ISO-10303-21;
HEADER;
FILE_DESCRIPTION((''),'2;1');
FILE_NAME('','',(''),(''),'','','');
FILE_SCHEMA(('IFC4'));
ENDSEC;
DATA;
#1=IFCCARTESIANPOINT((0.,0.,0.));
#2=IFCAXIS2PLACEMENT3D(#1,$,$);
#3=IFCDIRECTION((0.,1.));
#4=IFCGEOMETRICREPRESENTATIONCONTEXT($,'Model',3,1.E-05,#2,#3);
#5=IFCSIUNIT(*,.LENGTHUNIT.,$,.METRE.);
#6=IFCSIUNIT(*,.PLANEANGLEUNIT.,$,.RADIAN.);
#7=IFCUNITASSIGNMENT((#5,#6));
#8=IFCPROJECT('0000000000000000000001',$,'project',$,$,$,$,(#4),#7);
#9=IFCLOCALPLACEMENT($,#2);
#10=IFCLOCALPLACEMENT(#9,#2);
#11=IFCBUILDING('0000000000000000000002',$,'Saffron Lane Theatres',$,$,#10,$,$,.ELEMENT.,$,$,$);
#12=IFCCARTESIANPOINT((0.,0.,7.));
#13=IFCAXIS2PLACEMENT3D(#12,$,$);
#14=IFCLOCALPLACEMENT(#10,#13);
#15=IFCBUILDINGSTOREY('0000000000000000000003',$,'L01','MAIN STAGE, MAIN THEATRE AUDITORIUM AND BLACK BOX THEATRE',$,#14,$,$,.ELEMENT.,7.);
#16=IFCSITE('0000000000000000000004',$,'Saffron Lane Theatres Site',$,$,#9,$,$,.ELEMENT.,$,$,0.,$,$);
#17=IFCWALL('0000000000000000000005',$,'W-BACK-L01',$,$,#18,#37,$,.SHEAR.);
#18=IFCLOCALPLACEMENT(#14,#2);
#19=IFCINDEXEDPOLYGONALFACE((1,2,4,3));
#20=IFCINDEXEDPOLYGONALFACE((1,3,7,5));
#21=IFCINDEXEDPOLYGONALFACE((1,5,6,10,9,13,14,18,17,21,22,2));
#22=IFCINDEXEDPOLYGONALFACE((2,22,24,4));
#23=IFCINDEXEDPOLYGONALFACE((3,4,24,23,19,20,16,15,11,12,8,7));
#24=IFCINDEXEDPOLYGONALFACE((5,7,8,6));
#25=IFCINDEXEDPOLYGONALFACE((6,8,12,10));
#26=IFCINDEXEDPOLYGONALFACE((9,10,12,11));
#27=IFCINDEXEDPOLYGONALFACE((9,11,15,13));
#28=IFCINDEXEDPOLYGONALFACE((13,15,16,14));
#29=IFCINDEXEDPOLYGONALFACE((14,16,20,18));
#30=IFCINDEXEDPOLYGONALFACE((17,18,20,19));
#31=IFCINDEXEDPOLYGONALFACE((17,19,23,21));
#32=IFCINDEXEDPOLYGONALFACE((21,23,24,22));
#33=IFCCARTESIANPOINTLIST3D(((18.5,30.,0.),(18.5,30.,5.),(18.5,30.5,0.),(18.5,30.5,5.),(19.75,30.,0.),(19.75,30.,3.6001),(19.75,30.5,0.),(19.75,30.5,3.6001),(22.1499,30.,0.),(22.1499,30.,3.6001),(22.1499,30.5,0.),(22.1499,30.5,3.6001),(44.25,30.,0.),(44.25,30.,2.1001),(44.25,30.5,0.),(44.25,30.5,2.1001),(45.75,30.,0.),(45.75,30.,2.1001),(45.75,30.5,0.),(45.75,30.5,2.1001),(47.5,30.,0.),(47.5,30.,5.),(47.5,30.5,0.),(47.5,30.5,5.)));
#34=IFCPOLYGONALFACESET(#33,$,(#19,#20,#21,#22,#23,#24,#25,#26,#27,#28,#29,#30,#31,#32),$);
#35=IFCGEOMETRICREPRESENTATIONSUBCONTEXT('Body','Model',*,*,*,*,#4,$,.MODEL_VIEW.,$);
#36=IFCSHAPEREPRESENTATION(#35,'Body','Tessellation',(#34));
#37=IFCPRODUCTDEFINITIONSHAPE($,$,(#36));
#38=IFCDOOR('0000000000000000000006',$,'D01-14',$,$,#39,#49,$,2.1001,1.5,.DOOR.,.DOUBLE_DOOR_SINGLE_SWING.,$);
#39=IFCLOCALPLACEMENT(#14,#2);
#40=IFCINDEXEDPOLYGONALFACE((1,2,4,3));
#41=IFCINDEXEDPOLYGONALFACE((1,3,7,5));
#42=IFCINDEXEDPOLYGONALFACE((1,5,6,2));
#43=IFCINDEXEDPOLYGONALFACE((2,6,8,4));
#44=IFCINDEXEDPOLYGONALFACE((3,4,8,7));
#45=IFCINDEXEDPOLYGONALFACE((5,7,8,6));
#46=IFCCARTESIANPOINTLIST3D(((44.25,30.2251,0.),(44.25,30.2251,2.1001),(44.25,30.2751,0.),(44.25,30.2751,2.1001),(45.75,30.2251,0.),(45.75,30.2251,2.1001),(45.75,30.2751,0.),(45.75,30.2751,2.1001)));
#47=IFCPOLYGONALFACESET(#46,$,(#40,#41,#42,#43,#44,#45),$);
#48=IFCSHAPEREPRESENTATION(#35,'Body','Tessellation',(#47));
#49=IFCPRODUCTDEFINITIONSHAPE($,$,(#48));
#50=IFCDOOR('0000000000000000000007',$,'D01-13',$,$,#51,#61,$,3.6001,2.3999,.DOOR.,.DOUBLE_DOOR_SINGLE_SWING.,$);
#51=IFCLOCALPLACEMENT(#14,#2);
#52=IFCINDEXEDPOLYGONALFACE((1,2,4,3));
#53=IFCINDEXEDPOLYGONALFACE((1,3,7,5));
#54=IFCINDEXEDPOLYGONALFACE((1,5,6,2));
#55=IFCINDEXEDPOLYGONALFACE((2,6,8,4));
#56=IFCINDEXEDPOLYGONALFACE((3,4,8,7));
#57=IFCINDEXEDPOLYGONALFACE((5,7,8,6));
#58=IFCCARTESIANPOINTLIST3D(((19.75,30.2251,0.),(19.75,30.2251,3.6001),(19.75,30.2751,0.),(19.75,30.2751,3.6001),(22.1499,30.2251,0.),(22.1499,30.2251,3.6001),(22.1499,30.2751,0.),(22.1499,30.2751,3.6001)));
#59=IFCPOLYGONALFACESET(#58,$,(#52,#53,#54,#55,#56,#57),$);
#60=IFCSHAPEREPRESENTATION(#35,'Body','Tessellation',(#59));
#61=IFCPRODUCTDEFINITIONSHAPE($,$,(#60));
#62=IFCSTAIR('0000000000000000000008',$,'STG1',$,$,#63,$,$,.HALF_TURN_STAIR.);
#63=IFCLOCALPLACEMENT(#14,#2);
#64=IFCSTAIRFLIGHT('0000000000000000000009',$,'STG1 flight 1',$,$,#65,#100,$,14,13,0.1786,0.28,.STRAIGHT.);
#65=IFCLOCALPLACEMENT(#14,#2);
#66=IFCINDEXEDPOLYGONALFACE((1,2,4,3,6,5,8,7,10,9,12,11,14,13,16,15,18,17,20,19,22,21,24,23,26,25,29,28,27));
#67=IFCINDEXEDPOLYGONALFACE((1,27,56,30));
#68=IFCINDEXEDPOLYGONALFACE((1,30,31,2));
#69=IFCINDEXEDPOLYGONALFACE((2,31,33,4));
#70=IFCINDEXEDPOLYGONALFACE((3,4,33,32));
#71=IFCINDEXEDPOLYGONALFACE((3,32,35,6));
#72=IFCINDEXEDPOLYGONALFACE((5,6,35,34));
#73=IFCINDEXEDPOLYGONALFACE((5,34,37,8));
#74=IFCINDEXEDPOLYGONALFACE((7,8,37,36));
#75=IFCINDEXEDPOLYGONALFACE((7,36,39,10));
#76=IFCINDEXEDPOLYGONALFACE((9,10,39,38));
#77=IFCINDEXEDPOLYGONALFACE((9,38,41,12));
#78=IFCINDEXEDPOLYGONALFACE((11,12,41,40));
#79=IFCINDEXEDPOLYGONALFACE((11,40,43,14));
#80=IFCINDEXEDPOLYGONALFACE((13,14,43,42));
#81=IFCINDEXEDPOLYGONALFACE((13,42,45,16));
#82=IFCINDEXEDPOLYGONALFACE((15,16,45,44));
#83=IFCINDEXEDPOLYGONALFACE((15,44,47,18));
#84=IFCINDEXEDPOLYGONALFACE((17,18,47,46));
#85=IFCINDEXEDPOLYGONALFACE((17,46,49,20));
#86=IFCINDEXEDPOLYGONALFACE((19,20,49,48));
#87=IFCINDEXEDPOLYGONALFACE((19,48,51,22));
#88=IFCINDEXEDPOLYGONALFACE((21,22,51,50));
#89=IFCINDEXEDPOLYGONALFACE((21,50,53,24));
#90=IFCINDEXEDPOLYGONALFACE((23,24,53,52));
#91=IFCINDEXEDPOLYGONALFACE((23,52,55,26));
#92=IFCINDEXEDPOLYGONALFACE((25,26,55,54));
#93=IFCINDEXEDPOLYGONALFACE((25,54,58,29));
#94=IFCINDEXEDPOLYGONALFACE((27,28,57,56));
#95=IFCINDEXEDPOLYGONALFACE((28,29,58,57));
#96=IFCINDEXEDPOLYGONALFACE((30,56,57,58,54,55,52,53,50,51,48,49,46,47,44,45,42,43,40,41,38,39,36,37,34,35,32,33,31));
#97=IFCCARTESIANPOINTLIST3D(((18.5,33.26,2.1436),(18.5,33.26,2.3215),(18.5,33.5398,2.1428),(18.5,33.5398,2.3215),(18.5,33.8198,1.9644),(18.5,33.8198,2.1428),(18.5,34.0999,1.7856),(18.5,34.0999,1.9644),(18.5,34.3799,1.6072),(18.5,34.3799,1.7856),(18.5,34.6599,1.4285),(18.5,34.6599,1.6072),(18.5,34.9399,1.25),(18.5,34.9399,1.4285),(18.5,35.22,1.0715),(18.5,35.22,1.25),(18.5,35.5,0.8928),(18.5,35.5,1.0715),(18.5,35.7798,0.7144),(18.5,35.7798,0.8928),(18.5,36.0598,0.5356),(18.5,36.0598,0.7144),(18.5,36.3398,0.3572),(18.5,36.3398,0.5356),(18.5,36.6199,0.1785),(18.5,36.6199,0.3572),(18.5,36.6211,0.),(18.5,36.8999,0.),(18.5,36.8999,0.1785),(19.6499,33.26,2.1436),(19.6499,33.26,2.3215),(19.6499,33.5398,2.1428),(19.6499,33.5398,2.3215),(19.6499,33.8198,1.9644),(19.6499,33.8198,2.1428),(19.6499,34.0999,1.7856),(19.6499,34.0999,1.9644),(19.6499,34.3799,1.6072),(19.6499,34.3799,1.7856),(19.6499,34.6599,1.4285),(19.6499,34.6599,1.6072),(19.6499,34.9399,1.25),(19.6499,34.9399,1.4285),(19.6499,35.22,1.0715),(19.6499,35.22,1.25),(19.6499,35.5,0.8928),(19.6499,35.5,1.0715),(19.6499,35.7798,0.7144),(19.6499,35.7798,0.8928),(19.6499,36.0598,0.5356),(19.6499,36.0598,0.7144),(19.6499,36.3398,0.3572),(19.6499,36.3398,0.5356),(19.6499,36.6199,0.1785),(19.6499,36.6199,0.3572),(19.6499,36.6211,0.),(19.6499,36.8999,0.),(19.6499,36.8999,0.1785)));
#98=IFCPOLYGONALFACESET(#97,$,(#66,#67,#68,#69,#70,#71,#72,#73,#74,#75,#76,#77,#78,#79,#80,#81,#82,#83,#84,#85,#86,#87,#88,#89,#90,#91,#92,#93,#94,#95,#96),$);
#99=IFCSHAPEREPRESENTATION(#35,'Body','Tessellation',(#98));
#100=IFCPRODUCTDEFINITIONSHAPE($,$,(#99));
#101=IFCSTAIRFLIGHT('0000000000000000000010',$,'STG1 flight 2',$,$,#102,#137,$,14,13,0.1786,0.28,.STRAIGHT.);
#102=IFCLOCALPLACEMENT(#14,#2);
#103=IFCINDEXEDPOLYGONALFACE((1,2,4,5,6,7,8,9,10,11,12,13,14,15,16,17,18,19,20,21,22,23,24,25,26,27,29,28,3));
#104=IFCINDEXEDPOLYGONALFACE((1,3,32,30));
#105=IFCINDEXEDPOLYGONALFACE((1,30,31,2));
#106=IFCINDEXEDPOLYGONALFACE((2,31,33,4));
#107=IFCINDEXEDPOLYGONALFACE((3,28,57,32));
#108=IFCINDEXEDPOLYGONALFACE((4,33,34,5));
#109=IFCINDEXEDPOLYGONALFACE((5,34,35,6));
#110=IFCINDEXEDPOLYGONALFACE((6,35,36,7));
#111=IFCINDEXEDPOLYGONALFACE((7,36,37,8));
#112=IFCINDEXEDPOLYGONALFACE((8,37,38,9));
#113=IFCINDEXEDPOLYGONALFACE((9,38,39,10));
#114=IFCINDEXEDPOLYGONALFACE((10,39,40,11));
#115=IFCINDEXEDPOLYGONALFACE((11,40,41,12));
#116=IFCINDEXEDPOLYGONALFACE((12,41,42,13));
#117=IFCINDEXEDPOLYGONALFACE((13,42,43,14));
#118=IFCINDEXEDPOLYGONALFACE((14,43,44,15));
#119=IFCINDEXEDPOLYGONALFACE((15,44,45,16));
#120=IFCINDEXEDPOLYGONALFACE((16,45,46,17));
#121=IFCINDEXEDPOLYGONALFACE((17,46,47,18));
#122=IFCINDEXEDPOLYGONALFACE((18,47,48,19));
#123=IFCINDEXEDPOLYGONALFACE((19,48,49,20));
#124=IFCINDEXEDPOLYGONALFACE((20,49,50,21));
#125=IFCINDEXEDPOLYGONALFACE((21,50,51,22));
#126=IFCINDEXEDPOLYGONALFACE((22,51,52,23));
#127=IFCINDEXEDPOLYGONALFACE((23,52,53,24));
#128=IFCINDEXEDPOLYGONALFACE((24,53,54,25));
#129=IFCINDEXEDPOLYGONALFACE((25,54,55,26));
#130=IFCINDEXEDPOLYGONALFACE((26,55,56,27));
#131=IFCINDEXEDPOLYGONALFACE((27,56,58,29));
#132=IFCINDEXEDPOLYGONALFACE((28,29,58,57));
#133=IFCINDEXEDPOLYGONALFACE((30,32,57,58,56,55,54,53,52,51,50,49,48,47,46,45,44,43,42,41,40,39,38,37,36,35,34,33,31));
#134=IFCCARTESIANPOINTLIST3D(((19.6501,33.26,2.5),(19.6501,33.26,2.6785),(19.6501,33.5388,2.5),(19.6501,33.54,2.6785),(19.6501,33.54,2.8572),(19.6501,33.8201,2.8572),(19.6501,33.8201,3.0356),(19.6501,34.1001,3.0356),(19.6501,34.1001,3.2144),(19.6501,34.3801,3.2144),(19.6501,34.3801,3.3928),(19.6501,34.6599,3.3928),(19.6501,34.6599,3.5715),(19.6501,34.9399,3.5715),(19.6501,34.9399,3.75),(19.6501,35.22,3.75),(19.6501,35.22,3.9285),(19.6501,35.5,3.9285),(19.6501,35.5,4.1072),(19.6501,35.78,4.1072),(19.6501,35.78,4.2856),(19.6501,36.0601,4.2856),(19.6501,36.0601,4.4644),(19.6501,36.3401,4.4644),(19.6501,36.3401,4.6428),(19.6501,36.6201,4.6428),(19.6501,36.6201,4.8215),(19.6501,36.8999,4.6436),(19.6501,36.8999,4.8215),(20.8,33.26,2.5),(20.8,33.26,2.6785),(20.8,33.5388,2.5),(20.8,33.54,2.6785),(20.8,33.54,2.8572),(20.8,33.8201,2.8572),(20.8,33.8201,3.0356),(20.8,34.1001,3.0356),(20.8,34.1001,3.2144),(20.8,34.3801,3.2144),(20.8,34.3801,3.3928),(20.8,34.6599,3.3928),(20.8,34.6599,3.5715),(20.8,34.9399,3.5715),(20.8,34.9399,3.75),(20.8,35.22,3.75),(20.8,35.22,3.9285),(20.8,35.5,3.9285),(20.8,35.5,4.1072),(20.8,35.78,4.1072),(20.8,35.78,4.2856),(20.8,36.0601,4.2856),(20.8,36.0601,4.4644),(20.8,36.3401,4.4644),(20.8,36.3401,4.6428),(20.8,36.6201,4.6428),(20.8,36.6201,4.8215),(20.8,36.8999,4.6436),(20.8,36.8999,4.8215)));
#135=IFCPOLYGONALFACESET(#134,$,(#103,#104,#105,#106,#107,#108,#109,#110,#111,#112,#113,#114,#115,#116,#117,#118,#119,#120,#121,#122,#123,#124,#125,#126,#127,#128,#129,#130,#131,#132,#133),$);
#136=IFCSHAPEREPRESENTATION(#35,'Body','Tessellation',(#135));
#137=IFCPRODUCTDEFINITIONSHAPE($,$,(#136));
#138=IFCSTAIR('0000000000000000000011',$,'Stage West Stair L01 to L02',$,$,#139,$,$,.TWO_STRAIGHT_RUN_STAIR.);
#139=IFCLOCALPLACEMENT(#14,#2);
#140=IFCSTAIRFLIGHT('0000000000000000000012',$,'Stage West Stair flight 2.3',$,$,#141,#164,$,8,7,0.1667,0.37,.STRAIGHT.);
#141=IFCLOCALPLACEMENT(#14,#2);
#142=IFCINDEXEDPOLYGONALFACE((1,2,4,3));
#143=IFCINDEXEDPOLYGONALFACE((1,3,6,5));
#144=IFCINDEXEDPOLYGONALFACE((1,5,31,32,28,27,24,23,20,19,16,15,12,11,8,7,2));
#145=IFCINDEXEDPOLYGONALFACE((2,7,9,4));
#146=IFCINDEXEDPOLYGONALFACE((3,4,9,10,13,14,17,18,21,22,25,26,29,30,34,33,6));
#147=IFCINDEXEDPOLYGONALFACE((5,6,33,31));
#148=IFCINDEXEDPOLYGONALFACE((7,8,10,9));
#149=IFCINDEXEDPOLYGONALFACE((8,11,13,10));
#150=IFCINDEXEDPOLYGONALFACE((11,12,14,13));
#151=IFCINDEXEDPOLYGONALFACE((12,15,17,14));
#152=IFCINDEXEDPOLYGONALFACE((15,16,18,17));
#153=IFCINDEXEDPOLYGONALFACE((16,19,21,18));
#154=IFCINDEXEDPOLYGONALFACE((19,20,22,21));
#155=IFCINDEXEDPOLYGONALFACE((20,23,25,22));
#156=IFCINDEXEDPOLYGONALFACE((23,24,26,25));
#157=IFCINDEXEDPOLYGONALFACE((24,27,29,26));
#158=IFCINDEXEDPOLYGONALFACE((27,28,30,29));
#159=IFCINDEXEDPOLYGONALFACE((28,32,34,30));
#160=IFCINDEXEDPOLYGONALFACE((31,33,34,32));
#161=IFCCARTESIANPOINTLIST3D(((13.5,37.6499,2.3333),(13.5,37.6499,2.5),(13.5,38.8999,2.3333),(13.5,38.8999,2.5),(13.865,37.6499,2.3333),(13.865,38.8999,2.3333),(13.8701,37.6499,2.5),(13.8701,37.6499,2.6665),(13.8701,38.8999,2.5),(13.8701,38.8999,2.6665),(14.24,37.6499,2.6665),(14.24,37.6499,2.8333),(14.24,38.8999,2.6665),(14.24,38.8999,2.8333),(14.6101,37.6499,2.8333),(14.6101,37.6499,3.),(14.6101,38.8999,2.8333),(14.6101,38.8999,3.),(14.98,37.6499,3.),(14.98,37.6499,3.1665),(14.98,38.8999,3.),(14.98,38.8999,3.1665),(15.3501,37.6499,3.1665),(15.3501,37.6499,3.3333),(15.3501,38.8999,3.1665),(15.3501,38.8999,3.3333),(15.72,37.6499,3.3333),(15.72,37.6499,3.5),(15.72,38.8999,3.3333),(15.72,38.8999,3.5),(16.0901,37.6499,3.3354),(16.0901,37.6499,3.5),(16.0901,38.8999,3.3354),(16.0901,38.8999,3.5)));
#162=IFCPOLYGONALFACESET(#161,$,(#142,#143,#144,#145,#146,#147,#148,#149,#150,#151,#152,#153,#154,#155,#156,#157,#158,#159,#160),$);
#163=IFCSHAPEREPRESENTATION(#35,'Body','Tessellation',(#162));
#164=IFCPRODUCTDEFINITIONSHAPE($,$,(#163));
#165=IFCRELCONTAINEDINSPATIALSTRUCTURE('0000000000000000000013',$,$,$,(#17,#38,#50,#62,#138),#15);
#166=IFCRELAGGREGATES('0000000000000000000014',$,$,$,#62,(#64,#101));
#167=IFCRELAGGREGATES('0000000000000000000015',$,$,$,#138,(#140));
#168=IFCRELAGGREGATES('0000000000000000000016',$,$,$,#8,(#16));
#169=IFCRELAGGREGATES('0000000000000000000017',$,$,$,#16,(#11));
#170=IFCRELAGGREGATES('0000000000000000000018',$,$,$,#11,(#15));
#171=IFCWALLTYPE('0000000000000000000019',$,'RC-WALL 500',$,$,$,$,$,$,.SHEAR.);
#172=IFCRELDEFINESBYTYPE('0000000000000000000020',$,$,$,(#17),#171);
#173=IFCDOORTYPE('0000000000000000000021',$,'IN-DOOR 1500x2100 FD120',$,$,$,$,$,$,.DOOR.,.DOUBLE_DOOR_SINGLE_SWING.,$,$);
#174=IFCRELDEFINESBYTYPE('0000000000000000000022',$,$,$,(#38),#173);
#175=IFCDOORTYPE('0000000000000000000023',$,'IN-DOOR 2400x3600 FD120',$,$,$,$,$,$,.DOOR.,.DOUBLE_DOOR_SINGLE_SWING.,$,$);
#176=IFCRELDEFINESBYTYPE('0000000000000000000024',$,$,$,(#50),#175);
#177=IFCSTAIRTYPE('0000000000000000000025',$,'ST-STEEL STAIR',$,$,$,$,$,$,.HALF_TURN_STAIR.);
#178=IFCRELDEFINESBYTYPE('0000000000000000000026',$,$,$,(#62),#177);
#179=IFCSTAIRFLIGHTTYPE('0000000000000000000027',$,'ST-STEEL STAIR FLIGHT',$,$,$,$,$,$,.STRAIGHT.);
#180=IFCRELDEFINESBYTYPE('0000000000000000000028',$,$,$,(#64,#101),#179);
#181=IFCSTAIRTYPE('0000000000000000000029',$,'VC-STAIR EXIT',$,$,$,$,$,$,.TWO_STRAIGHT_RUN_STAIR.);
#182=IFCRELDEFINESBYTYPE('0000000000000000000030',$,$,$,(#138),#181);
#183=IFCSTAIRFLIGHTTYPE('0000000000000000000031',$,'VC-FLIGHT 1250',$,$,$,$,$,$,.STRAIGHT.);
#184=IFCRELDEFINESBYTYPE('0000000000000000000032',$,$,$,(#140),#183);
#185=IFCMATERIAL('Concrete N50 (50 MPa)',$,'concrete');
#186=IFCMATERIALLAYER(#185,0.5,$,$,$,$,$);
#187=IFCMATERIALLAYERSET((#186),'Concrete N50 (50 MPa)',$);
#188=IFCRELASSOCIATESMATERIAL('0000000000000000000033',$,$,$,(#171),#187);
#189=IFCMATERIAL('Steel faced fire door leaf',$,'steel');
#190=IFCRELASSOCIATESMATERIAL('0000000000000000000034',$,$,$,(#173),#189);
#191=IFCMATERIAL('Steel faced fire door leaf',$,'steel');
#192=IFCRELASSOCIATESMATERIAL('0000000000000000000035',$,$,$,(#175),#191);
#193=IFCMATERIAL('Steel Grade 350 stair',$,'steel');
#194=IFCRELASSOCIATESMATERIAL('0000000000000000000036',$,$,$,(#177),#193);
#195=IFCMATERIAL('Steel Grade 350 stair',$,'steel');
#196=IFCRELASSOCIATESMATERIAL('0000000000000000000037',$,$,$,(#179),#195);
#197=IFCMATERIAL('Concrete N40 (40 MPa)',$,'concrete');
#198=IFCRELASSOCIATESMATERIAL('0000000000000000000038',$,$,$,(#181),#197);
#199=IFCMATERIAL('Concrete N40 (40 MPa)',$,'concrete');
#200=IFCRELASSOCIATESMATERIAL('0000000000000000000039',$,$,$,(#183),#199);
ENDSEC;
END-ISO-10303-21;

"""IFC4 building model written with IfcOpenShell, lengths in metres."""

from ifc_helpers import new_model, si_unit, direction, frame, frame_2d, origin, place, context, subcontext, project, spatial, polyline, rectangle, outline, extrude, material, layer, layer_set, type_object, element, fill, aggregate, save


model = new_model("IFC4")

# Units and contexts
model_context = context("Model", 3, precision=1e-05, world=origin(), true_north=direction((0.0, 1.0)))
body_context = subcontext(model_context, "Body", "Model", "MODEL_VIEW")
ifc_project = project(units=[si_unit("LENGTHUNIT", "METRE"), si_unit("PLANEANGLEUNIT", "RADIAN")], contexts=[model_context])

# Site, building, storey
site_placement = place(None, origin())
site = spatial("IfcSite", under=ifc_project, at=site_placement, Name="Saffron Lane Theatres Site", CompositionType="ELEMENT", RefElevation=0.0)
building_placement = place(site_placement, origin())
building = spatial("IfcBuilding", under=site, at=building_placement, Name="Saffron Lane Theatres", CompositionType="ELEMENT")
storey_placement = place(building_placement, frame((0.0, 0.0, 7.0)))
storey = spatial("IfcBuildingStorey", under=building, at=storey_placement, Name="L01", Description="MAIN STAGE, MAIN THEATRE AUDITORIUM AND BLACK BOX THEATRE", CompositionType="ELEMENT", Elevation=7.0)

# Wall, openings, doors
ifc_material_1 = material(Name="Concrete N50 (50 MPa)", Category="concrete")
ifc_layer_1 = layer(ifc_material_1, 0.5)
ifc_layer_set_1 = layer_set([ifc_layer_1], Name="Concrete N50 (50 MPa)")
wall_type_1 = type_object("IfcWallType", Name="RC-WALL 500", PredefinedType="SHEAR", material=ifc_layer_set_1)
wall_1_placement = place(storey_placement, frame((18.5, 30.25, 0.0), z_axis=(0.0, 0.0, 1.0), x_axis=(1.0, 0.0, 0.0)))
wall_1 = element("IfcWall", 1, at=wall_1_placement, inside=storey, type_object=wall_type_1, Name="W-BACK-L01", PredefinedType="SHEAR", context=body_context, shape_type="SweptSolid", body=[
    extrude(rectangle(XDim=29.0, YDim=0.5, at=frame_2d((14.5, 0.0))), origin(), (0.0, 0.0, 1.0), 5.0),
])
opening_1_placement = place(wall_1_placement, frame((1.25, 0.0, 0.0)))
opening_1 = element("IfcOpeningElement", 2, at=opening_1_placement, cuts=wall_1, PredefinedType="OPENING", context=body_context, shape_type="SweptSolid", body=[
    extrude(rectangle(XDim=2.3999, YDim=3.6001, at=frame_2d((1.2, 1.8))), frame((0.0, 0.26, 0.0), z_axis=(0.0, -1.0, 0.0), x_axis=(1.0, 0.0, 0.0)), (0.0, 0.0, 1.0), 0.52),
])
opening_2_placement = place(wall_1_placement, frame((25.75, 0.0, 0.0)))
opening_2 = element("IfcOpeningElement", 3, at=opening_2_placement, cuts=wall_1, PredefinedType="OPENING", context=body_context, shape_type="SweptSolid", body=[
    extrude(rectangle(XDim=1.5, YDim=2.1001, at=frame_2d((0.75, 1.05))), frame((0.0, 0.26, 0.0), z_axis=(0.0, -1.0, 0.0), x_axis=(1.0, 0.0, 0.0)), (0.0, 0.0, 1.0), 0.52),
])
ifc_material_2 = material(Name="Steel faced fire door leaf", Category="steel")
door_type_1 = type_object("IfcDoorType", Name="IN-DOOR 1500x2100 FD120", OperationType="DOUBLE_DOOR_SINGLE_SWING", PredefinedType="DOOR", material=ifc_material_2)
door_1_placement = place(opening_2_placement, frame((1.5, 0.0, 0.0), z_axis=(0.0, 0.0, 1.0), x_axis=(-1.0, 0.0, 0.0)))
door_1 = element("IfcDoor", 4, at=door_1_placement, inside=storey, type_object=door_type_1, Name="D01-14", OperationType="DOUBLE_DOOR_SINGLE_SWING", OverallHeight=2.1001, OverallWidth=1.5, PredefinedType="DOOR", context=body_context, shape_type="SweptSolid", body=[
    extrude(rectangle(XDim=1.5, YDim=2.1001, at=frame_2d((0.75, 1.05))), frame((0.0, 0.0249, 0.0), z_axis=(0.0, -1.0, 0.0), x_axis=(1.0, 0.0, 0.0)), (0.0, 0.0, 1.0), 0.05),
])
fill(opening_2, door_1)
ifc_material_3 = material(Name="Steel faced fire door leaf", Category="steel")
door_type_2 = type_object("IfcDoorType", Name="IN-DOOR 2400x3600 FD120", OperationType="DOUBLE_DOOR_SINGLE_SWING", PredefinedType="DOOR", material=ifc_material_3)
door_2_placement = place(opening_1_placement, frame((2.3999, 0.0, 0.0), z_axis=(0.0, 0.0, 1.0), x_axis=(-1.0, 0.0, 0.0)))
door_2 = element("IfcDoor", 5, at=door_2_placement, inside=storey, type_object=door_type_2, Name="D01-13", OperationType="DOUBLE_DOOR_SINGLE_SWING", OverallHeight=3.6001, OverallWidth=2.3999, PredefinedType="DOOR", context=body_context, shape_type="SweptSolid", body=[
    extrude(rectangle(XDim=2.3999, YDim=3.6001, at=frame_2d((1.2, 1.8))), frame((0.0, 0.0249, 0.0), z_axis=(0.0, -1.0, 0.0), x_axis=(1.0, 0.0, 0.0)), (0.0, 0.0, 1.0), 0.05),
])
fill(opening_1, door_2)

# Stairs, stair flights
ifc_material_4 = material(Name="Steel Grade 350 stair", Category="steel")
stair_type_1 = type_object("IfcStairType", Name="ST-STEEL STAIR", PredefinedType="HALF_TURN_STAIR", material=ifc_material_4)
stair_1_placement = place(storey_placement, origin())
stair_1 = element("IfcStair", 6, at=stair_1_placement, inside=storey, type_object=stair_type_1, Name="STG1", PredefinedType="HALF_TURN_STAIR")
ifc_material_5 = material(Name="Steel Grade 350 stair", Category="steel")
stair_flight_type_1 = type_object("IfcStairFlightType", Name="ST-STEEL STAIR FLIGHT", PredefinedType="STRAIGHT", material=ifc_material_5)
stair_flight_1_placement = place(storey_placement, frame((19.075, 36.8999, 0.0), z_axis=(0.0, 0.0, 1.0), x_axis=(0.0, -1.0, 0.0)))
stair_flight_1 = element("IfcStairFlight", 7, at=stair_flight_1_placement, type_object=stair_flight_type_1, Name="STG1 flight 1", NumberOfRisers=14, NumberOfTreads=13, PredefinedType="STRAIGHT", RiserHeight=0.1786, TreadLength=0.28, context=body_context, shape_type="SweptSolid", body=[
    extrude(outline(polyline([(0.0, 0.0), (0.0, 0.1785), (0.28, 0.1785), (0.28, 0.3572), (0.5601, 0.3572), (0.5601, 0.5356), (0.8401, 0.5356), (0.8401, 0.7144), (1.1201, 0.7144), (1.1201, 0.8928), (1.3999, 0.8928), (1.3999, 1.0715), (1.6799, 1.0715), (1.6799, 1.25), (1.96, 1.25), (1.96, 1.4285), (2.24, 1.4285), (2.24, 1.6072), (2.52, 1.6072), (2.52, 1.7856), (2.8, 1.7856), (2.8, 1.9644), (3.0801, 1.9644), (3.0801, 2.1428), (3.3601, 2.1428), (3.3601, 2.3215), (3.6399, 2.3215), (3.6399, 2.5), (3.6399, 2.1436), (0.2788, 0.0), (0.0, 0.0)])), frame((0.0, 0.575, 0.0), z_axis=(0.0, -1.0, 0.0), x_axis=(1.0, 0.0, 0.0)), (0.0, 0.0, 1.0), 1.1499),
])
stair_flight_2_placement = place(storey_placement, frame((20.2251, 33.26, 2.5), z_axis=(0.0, 0.0, 1.0), x_axis=(0.0, 1.0, 0.0)))
stair_flight_2 = element("IfcStairFlight", 8, at=stair_flight_2_placement, type_object=stair_flight_type_1, Name="STG1 flight 2", NumberOfRisers=14, NumberOfTreads=13, PredefinedType="STRAIGHT", RiserHeight=0.1786, TreadLength=0.28, context=body_context, shape_type="SweptSolid", body=[
    extrude(outline(polyline([(0.0, 0.0), (0.0, 0.1785), (0.28, 0.1785), (0.28, 0.3572), (0.5601, 0.3572), (0.5601, 0.5356), (0.8401, 0.5356), (0.8401, 0.7144), (1.1201, 0.7144), (1.1201, 0.8928), (1.3999, 0.8928), (1.3999, 1.0715), (1.6799, 1.0715), (1.6799, 1.25), (1.96, 1.25), (1.96, 1.4285), (2.24, 1.4285), (2.24, 1.6072), (2.52, 1.6072), (2.52, 1.7856), (2.8, 1.7856), (2.8, 1.9644), (3.0801, 1.9644), (3.0801, 2.1428), (3.3601, 2.1428), (3.3601, 2.3215), (3.6399, 2.3215), (3.6399, 2.5), (3.6399, 2.1436), (0.2788, 0.0), (0.0, 0.0)])), frame((0.0, 0.575, 0.0), z_axis=(0.0, -1.0, 0.0), x_axis=(1.0, 0.0, 0.0)), (0.0, 0.0, 1.0), 1.1499),
])
aggregate(stair_1, [stair_flight_1, stair_flight_2])
ifc_material_6 = material(Name="Concrete N40 (40 MPa)", Category="concrete")
stair_type_2 = type_object("IfcStairType", Name="VC-STAIR EXIT", PredefinedType="TWO_STRAIGHT_RUN_STAIR", material=ifc_material_6)
stair_2_placement = place(storey_placement, origin())
stair_2 = element("IfcStair", 9, at=stair_2_placement, inside=storey, type_object=stair_type_2, Name="Stage West Stair L01 to L02", PredefinedType="TWO_STRAIGHT_RUN_STAIR")
ifc_material_7 = material(Name="Concrete N40 (40 MPa)", Category="concrete")
stair_flight_type_2 = type_object("IfcStairFlightType", Name="VC-FLIGHT 1250", PredefinedType="STRAIGHT", material=ifc_material_7)
stair_flight_3_placement = place(storey_placement, frame((13.5, 38.2749, 2.3333), z_axis=(0.0, 0.0, 1.0), x_axis=(1.0, 0.0, 0.0)))
stair_flight_3 = element("IfcStairFlight", 10, at=stair_flight_3_placement, type_object=stair_flight_type_2, Name="Stage West Stair flight 2.3", NumberOfRisers=8, NumberOfTreads=7, PredefinedType="STRAIGHT", RiserHeight=0.1667, TreadLength=0.37, context=body_context, shape_type="SweptSolid", body=[
    extrude(outline(polyline([(0.0, 0.0), (0.0, 0.1667), (0.3701, 0.1667), (0.3701, 0.3333), (0.74, 0.3333), (0.74, 0.5), (1.1101, 0.5), (1.1101, 0.6667), (1.48, 0.6667), (1.48, 0.8333), (1.8501, 0.8333), (1.8501, 1.0), (2.22, 1.0), (2.22, 1.1667), (2.5901, 1.1667), (2.5901, 1.3333), (2.5901, 1.0022), (0.365, 0.0), (0.0, 0.0)])), frame((0.0, 0.625, 0.0), z_axis=(0.0, -1.0, 0.0), x_axis=(1.0, 0.0, 0.0)), (0.0, 0.0, 1.0), 1.25),
])
aggregate(stair_2, [stair_flight_3])

save(model, "model.ifc")
